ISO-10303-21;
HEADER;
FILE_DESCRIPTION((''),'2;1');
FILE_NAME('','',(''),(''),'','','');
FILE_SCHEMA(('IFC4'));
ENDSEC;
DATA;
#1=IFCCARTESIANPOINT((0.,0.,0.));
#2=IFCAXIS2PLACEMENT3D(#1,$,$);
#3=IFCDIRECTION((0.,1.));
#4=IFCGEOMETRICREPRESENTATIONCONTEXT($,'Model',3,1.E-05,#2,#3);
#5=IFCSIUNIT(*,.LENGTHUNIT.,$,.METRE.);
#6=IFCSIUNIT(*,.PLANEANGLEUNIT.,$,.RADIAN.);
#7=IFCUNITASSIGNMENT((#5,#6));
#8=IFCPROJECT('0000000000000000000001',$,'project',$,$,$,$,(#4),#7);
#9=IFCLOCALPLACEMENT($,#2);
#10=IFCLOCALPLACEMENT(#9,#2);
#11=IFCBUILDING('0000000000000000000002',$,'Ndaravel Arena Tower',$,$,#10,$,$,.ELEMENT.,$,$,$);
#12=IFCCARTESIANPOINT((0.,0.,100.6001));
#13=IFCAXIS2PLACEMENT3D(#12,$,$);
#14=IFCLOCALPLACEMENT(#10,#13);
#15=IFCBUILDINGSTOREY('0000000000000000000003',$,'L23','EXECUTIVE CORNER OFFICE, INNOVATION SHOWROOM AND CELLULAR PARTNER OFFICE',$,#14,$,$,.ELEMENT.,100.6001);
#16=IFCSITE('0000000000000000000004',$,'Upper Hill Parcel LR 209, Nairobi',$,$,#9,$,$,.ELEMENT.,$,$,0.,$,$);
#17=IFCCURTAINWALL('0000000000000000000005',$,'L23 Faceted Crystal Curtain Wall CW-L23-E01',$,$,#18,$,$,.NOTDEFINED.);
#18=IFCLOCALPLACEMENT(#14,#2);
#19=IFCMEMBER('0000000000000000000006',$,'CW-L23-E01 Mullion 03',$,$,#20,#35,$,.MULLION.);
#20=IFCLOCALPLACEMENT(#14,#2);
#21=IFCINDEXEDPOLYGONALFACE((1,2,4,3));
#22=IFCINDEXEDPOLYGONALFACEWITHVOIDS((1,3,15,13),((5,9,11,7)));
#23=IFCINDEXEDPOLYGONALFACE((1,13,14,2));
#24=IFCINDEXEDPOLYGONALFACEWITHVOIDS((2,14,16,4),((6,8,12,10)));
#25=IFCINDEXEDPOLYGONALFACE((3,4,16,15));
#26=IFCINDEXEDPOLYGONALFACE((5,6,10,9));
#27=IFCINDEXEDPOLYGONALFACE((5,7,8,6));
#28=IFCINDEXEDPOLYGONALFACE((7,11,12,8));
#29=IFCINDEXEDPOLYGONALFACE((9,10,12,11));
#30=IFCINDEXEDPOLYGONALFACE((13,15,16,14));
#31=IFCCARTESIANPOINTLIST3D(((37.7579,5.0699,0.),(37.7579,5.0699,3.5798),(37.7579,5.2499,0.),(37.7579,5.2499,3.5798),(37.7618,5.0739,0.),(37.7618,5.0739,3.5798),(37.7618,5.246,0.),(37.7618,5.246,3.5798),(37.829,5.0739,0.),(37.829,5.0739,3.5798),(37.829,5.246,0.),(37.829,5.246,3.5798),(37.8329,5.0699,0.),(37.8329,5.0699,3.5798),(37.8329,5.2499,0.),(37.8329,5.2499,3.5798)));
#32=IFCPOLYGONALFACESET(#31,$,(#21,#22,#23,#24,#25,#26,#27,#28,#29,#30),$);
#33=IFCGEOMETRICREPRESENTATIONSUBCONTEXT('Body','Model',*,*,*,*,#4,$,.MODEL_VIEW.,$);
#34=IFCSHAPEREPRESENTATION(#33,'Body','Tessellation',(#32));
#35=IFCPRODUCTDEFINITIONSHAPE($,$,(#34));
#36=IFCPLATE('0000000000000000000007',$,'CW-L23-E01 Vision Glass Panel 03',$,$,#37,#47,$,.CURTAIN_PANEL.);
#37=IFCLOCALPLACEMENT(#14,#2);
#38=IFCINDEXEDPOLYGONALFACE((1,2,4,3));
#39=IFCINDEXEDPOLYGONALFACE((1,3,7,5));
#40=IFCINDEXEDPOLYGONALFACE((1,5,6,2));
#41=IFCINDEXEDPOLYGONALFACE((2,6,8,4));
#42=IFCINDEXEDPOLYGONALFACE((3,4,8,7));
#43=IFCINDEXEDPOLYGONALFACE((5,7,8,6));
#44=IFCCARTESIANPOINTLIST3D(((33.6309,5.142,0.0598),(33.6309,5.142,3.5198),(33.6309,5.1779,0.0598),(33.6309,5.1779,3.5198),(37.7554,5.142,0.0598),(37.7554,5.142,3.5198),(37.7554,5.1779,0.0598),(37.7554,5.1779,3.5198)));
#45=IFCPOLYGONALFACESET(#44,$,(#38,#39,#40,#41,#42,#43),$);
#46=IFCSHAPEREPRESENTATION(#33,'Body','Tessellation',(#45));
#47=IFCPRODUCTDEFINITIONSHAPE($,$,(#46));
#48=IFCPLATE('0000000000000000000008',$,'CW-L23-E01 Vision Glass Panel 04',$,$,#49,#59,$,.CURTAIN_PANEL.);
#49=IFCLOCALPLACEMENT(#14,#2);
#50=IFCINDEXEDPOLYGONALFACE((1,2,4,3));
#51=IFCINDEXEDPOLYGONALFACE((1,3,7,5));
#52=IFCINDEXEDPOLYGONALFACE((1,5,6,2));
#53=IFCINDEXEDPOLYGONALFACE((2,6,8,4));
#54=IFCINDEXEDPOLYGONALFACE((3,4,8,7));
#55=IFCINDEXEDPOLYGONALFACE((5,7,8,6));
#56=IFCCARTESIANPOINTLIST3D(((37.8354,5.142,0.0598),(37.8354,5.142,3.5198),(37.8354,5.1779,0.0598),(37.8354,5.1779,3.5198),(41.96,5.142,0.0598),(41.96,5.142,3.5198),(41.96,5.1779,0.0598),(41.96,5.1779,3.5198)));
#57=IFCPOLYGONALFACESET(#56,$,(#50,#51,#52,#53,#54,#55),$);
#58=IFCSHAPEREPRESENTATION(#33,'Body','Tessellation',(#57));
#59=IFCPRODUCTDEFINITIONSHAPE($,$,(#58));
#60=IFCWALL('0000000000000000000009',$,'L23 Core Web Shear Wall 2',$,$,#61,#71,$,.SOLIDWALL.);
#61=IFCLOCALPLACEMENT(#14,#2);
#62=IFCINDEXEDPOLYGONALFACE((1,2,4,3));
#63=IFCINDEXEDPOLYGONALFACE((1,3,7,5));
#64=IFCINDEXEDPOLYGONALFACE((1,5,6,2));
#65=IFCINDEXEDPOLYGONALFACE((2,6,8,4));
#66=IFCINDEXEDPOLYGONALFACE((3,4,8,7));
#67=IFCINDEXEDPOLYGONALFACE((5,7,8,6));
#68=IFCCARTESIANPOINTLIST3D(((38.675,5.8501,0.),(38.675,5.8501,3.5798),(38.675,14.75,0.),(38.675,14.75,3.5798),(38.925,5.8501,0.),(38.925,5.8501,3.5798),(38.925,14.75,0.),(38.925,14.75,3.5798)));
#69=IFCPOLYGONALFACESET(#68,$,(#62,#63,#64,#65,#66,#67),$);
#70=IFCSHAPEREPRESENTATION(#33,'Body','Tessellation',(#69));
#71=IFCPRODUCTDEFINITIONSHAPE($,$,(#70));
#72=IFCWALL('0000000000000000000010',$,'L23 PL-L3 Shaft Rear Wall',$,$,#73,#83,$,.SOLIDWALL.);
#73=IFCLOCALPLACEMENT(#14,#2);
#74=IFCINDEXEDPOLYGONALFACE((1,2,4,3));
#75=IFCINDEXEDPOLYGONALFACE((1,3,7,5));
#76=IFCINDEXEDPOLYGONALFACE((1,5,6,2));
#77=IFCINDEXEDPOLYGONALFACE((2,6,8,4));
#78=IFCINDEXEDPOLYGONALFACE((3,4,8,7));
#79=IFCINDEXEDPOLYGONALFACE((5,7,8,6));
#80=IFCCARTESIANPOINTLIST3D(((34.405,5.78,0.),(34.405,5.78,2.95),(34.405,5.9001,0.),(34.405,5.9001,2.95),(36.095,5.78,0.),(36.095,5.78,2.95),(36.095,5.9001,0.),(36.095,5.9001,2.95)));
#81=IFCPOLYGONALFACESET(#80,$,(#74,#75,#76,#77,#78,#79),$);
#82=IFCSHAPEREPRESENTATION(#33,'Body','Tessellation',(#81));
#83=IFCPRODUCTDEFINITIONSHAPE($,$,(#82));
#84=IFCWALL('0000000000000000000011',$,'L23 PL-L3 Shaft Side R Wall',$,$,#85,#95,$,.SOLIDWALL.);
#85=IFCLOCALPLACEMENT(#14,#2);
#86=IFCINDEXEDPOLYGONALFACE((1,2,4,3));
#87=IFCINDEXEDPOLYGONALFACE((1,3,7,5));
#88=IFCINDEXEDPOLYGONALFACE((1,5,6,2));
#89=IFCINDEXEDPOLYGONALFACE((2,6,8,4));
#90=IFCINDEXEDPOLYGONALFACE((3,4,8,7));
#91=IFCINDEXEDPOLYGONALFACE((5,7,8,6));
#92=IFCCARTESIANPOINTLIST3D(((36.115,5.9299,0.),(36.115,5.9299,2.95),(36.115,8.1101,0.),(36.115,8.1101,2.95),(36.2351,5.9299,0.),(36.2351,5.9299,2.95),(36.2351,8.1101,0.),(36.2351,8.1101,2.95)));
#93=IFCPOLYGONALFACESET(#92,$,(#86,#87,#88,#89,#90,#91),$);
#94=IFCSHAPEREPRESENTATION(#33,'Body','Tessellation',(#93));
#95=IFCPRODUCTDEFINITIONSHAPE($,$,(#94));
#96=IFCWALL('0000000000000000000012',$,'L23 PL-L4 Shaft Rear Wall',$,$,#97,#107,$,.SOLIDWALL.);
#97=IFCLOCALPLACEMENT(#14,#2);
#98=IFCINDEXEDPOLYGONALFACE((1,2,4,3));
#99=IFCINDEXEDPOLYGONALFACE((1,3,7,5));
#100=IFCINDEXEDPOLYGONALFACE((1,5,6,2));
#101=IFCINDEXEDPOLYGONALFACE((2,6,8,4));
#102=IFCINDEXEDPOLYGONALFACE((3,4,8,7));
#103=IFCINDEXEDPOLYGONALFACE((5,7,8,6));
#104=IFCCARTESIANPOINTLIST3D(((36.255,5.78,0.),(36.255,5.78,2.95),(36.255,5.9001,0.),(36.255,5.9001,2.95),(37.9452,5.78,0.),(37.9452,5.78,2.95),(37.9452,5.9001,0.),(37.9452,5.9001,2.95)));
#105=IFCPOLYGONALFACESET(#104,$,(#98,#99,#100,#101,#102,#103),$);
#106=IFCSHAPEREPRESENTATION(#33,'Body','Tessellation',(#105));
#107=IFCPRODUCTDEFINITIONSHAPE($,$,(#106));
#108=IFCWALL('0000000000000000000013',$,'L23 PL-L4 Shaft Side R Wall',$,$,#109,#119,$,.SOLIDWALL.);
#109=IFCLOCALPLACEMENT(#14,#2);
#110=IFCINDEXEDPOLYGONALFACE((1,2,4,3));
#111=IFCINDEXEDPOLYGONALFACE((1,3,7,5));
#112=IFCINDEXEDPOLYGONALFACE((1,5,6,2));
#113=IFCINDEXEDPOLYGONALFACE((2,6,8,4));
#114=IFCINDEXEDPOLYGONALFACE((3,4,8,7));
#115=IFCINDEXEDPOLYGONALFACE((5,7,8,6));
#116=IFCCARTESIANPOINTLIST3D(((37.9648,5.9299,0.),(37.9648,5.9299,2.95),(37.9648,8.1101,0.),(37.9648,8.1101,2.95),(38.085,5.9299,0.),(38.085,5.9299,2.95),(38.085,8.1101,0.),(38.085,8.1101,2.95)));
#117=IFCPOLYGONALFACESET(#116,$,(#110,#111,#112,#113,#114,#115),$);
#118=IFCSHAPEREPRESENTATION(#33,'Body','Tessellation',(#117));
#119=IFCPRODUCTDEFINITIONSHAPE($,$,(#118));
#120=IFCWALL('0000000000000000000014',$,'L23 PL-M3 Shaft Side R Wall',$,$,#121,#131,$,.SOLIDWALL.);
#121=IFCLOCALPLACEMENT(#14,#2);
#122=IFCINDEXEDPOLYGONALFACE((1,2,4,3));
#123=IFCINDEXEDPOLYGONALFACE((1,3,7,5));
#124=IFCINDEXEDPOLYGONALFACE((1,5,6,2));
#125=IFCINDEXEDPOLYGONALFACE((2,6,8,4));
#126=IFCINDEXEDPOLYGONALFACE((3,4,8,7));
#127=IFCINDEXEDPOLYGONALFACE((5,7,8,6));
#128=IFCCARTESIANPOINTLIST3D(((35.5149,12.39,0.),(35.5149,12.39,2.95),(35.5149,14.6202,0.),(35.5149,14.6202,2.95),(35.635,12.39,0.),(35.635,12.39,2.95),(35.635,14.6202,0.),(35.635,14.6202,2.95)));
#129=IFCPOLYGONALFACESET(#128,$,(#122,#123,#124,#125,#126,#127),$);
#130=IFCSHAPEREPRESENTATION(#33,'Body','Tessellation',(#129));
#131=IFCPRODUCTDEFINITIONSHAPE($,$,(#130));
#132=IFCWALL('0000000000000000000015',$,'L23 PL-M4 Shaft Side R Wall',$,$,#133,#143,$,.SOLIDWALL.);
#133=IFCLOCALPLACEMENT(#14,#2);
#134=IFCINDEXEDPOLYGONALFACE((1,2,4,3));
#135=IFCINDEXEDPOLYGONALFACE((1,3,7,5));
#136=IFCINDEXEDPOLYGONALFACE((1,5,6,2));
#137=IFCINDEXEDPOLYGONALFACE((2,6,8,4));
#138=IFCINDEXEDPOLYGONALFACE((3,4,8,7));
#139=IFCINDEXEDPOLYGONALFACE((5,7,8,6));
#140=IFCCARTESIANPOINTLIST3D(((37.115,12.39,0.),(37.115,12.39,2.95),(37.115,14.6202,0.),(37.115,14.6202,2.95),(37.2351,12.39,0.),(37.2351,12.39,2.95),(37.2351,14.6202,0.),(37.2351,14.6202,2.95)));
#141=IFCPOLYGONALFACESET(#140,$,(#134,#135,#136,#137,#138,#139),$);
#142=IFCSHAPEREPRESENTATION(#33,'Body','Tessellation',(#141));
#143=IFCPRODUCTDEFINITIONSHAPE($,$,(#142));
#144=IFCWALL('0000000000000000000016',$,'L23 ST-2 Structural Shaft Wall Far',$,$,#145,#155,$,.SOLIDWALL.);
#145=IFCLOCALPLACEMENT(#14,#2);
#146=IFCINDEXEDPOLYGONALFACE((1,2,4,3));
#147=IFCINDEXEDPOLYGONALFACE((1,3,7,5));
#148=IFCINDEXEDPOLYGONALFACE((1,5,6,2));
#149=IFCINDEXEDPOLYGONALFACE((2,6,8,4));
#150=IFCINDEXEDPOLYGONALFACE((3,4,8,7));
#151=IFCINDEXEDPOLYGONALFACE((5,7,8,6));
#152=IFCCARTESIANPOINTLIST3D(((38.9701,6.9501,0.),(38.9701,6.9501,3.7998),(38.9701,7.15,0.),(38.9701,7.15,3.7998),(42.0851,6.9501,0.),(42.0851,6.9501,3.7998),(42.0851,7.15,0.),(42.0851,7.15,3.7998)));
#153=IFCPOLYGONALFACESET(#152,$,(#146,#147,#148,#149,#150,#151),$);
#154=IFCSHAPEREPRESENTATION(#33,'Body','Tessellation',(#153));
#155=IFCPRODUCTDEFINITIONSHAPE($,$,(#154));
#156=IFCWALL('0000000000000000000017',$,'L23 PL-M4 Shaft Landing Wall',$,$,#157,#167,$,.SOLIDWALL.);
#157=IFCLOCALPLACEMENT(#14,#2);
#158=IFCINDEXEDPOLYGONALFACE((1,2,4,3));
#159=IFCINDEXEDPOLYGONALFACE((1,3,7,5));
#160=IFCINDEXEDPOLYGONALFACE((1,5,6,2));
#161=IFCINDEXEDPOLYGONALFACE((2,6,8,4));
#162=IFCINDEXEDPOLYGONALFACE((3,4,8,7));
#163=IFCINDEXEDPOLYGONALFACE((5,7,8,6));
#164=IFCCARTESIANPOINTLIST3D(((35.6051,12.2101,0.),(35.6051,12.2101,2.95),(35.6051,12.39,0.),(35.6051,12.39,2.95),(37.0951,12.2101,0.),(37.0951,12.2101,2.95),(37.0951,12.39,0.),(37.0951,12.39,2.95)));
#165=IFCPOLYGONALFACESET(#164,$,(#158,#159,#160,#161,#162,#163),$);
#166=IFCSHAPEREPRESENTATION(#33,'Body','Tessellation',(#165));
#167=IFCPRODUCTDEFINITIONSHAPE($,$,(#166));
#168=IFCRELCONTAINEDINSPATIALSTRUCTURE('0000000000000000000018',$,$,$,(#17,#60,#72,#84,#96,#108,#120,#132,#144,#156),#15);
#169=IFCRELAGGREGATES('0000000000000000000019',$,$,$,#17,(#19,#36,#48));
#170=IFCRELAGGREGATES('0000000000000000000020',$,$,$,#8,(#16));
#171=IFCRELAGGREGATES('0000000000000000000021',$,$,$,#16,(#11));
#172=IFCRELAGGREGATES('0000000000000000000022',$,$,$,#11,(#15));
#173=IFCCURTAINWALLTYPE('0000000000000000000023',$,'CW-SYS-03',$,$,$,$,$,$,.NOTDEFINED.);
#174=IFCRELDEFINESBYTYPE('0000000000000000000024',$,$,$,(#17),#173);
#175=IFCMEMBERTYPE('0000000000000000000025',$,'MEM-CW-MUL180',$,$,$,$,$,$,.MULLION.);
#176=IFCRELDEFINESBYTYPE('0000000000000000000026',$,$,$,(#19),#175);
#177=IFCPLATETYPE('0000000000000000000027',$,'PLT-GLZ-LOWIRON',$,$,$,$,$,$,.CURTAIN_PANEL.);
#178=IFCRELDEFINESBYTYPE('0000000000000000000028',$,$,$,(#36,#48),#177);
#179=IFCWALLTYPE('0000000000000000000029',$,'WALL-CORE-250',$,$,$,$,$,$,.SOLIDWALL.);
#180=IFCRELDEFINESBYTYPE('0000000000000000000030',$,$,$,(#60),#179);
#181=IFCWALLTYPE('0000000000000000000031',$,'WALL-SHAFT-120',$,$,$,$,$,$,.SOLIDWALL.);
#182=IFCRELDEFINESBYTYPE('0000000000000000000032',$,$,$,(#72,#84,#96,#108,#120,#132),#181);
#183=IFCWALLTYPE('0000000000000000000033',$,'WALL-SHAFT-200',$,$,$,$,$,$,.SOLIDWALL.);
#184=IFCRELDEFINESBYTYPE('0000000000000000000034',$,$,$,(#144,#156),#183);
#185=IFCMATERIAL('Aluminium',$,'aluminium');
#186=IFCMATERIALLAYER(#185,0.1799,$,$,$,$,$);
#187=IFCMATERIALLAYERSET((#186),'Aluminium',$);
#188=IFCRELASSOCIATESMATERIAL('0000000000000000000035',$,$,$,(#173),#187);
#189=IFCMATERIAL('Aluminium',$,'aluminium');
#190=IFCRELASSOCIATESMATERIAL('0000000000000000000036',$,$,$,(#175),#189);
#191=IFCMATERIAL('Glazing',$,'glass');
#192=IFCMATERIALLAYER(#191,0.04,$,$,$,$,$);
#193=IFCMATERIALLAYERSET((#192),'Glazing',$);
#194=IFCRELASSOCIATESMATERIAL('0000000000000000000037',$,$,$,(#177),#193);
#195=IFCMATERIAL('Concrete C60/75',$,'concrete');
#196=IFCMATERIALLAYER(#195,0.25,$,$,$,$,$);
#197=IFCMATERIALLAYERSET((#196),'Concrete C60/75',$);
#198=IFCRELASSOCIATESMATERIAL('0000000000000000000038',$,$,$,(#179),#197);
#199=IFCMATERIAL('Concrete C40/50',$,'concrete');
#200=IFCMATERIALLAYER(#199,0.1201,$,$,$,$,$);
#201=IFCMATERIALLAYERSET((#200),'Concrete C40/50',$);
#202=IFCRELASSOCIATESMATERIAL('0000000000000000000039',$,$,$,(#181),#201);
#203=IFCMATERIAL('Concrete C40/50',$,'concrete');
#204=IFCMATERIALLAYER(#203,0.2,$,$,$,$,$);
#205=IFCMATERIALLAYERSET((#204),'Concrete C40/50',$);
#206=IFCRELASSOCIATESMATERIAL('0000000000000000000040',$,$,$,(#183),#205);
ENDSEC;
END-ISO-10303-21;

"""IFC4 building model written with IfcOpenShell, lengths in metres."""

from ifc_helpers import new_model, si_unit, direction, frame, frame_2d, origin, origin_2d, place, context, subcontext, project, spatial, rectangle, hollow_rectangle, extrude, material, layer, layer_set, material_profile, profile_set, type_object, element, aggregate, save


model = new_model("IFC4")

# Units and contexts
model_context = context("Model", 3, precision=1e-05, world=origin(), true_north=direction((0.0, 1.0)))
body_context = subcontext(model_context, "Body", "Model", "MODEL_VIEW")
ifc_project = project(units=[si_unit("LENGTHUNIT", "METRE"), si_unit("PLANEANGLEUNIT", "RADIAN")], contexts=[model_context])

# Site, building, storey
site_placement = place(None, origin())
site = spatial("IfcSite", under=ifc_project, at=site_placement, Name="Upper Hill Parcel LR 209, Nairobi", CompositionType="ELEMENT", RefElevation=0.0)
building_placement = place(site_placement, origin())
building = spatial("IfcBuilding", under=site, at=building_placement, Name="Ndaravel Arena Tower", CompositionType="ELEMENT")
storey_placement = place(building_placement, frame((0.0, 0.0, 100.6001)))
storey = spatial("IfcBuildingStorey", under=building, at=storey_placement, Name="L23", Description="EXECUTIVE CORNER OFFICE, INNOVATION SHOWROOM AND CELLULAR PARTNER OFFICE", CompositionType="ELEMENT", Elevation=100.6001)

# Curtain wall, member, plates
ifc_material_1 = material(Name="Aluminium", Category="aluminium")
ifc_layer_1 = layer(ifc_material_1, 0.1799)
ifc_layer_set_1 = layer_set([ifc_layer_1], Name="Aluminium")
curtain_wall_type = type_object("IfcCurtainWallType", Name="CW-SYS-03", PredefinedType="NOTDEFINED", material=ifc_layer_set_1)
curtain_wall_placement = place(storey_placement, origin())
curtain_wall = element("IfcCurtainWall", 1, at=curtain_wall_placement, inside=storey, type_object=curtain_wall_type, Name="L23 Faceted Crystal Curtain Wall CW-L23-E01", PredefinedType="NOTDEFINED")
ifc_material_2 = material(Name="Aluminium", Category="aluminium")
ifc_material_profile = material_profile(ifc_material_2, hollow_rectangle(XDim=0.075, YDim=0.1799, WallThickness=0.0039, at=origin_2d()), Name="CW MULLION 75x180x4")
ifc_profile_set = profile_set([ifc_material_profile], Name="Aluminium")
member_type = type_object("IfcMemberType", Name="MEM-CW-MUL180", PredefinedType="MULLION", material=ifc_profile_set)
member_placement = place(storey_placement, frame((37.7954, 5.1599, 0.0), z_axis=(0.0, 0.0, 1.0), x_axis=(1.0, 0.0, 0.0)))
member = element("IfcMember", 2, at=member_placement, type_object=member_type, Name="CW-L23-E01 Mullion 03", PredefinedType="MULLION", context=body_context, shape_type="SweptSolid", body=[
    extrude(hollow_rectangle(XDim=0.075, YDim=0.1799, WallThickness=0.0039, at=origin_2d()), origin(), (0.0, 0.0, 1.0), 3.5798),
])
ifc_material_3 = material(Name="Glazing", Category="glass")
ifc_layer_2 = layer(ifc_material_3, 0.04)
ifc_layer_set_2 = layer_set([ifc_layer_2], Name="Glazing")
plate_type = type_object("IfcPlateType", Name="PLT-GLZ-LOWIRON", PredefinedType="CURTAIN_PANEL", material=ifc_layer_set_2)
plate_1_placement = place(storey_placement, frame((35.6931, 5.1599, 0.0598), z_axis=(0.0, 0.0, 1.0), x_axis=(1.0, 0.0, 0.0)))
plate_1 = element("IfcPlate", 3, at=plate_1_placement, type_object=plate_type, Name="CW-L23-E01 Vision Glass Panel 03", PredefinedType="CURTAIN_PANEL", context=body_context, shape_type="SweptSolid", body=[
    extrude(rectangle(XDim=4.1245, YDim=0.0359, at=origin_2d()), origin(), (0.0, 0.0, 1.0), 3.46),
])
plate_2_placement = place(storey_placement, frame((39.8977, 5.1599, 0.0598), z_axis=(0.0, 0.0, 1.0), x_axis=(1.0, 0.0, 0.0)))
plate_2 = element("IfcPlate", 4, at=plate_2_placement, type_object=plate_type, Name="CW-L23-E01 Vision Glass Panel 04", PredefinedType="CURTAIN_PANEL", context=body_context, shape_type="SweptSolid", body=[
    extrude(rectangle(XDim=4.1245, YDim=0.0359, at=origin_2d()), origin(), (0.0, 0.0, 1.0), 3.46),
])
aggregate(curtain_wall, [member, plate_1, plate_2])

# Walls
ifc_material_4 = material(Name="Concrete C60/75", Category="concrete")
ifc_layer_3 = layer(ifc_material_4, 0.25)
ifc_layer_set_3 = layer_set([ifc_layer_3], Name="Concrete C60/75")
wall_type_1 = type_object("IfcWallType", Name="WALL-CORE-250", PredefinedType="SOLIDWALL", material=ifc_layer_set_3)
wall_1_placement = place(storey_placement, frame((38.8, 5.8501, 0.0), z_axis=(0.0, 0.0, 1.0), x_axis=(0.0, 1.0, 0.0)))
element("IfcWall", 5, at=wall_1_placement, inside=storey, type_object=wall_type_1, Name="L23 Core Web Shear Wall 2", PredefinedType="SOLIDWALL", context=body_context, shape_type="SweptSolid", body=[
    extrude(rectangle(XDim=8.8999, YDim=0.25, at=frame_2d((4.45, 0.0))), origin(), (0.0, 0.0, 1.0), 3.5798),
])
ifc_material_5 = material(Name="Concrete C40/50", Category="concrete")
ifc_layer_4 = layer(ifc_material_5, 0.1201)
ifc_layer_set_4 = layer_set([ifc_layer_4], Name="Concrete C40/50")
wall_type_2 = type_object("IfcWallType", Name="WALL-SHAFT-120", PredefinedType="SOLIDWALL", material=ifc_layer_set_4)
wall_2_placement = place(storey_placement, frame((34.405, 5.8401, 0.0), z_axis=(0.0, 0.0, 1.0), x_axis=(1.0, 0.0, 0.0)))
element("IfcWall", 6, at=wall_2_placement, inside=storey, type_object=wall_type_2, Name="L23 PL-L3 Shaft Rear Wall", PredefinedType="SOLIDWALL", context=body_context, shape_type="SweptSolid", body=[
    extrude(rectangle(XDim=1.6899, YDim=0.1201, at=frame_2d((0.845, 0.0))), origin(), (0.0, 0.0, 1.0), 2.95),
])
wall_3_placement = place(storey_placement, frame((36.175, 5.9299, 0.0), z_axis=(0.0, 0.0, 1.0), x_axis=(0.0, 1.0, 0.0)))
element("IfcWall", 7, at=wall_3_placement, inside=storey, type_object=wall_type_2, Name="L23 PL-L3 Shaft Side R Wall", PredefinedType="SOLIDWALL", context=body_context, shape_type="SweptSolid", body=[
    extrude(rectangle(XDim=2.1802, YDim=0.1201, at=frame_2d((1.0901, 0.0))), origin(), (0.0, 0.0, 1.0), 2.95),
])
wall_4_placement = place(storey_placement, frame((36.2549, 5.8401, 0.0), z_axis=(0.0, 0.0, 1.0), x_axis=(1.0, 0.0, 0.0)))
element("IfcWall", 8, at=wall_4_placement, inside=storey, type_object=wall_type_2, Name="L23 PL-L4 Shaft Rear Wall", PredefinedType="SOLIDWALL", context=body_context, shape_type="SweptSolid", body=[
    extrude(rectangle(XDim=1.6902, YDim=0.1201, at=frame_2d((0.8452, 0.0))), origin(), (0.0, 0.0, 1.0), 2.95),
])
wall_5_placement = place(storey_placement, frame((38.0249, 5.9299, 0.0), z_axis=(0.0, 0.0, 1.0), x_axis=(0.0, 1.0, 0.0)))
element("IfcWall", 9, at=wall_5_placement, inside=storey, type_object=wall_type_2, Name="L23 PL-L4 Shaft Side R Wall", PredefinedType="SOLIDWALL", context=body_context, shape_type="SweptSolid", body=[
    extrude(rectangle(XDim=2.1802, YDim=0.1201, at=frame_2d((1.0901, 0.0))), origin(), (0.0, 0.0, 1.0), 2.95),
])
for number, where, z_axis, x_axis, name in (
    (10, (35.575, 12.3899, 0.0), (0.0, 0.0, 1.0), (0.0, 1.0, 0.0), "L23 PL-M3 Shaft Side R Wall"),
    (11, (37.175, 12.3899, 0.0), (0.0, 0.0, 1.0), (0.0, 1.0, 0.0), "L23 PL-M4 Shaft Side R Wall"),
):
    element("IfcWall", number, at=place(storey_placement, frame(where, z_axis=z_axis, x_axis=x_axis)), inside=storey, type_object=wall_type_2, Name=name, PredefinedType="SOLIDWALL", context=body_context, shape_type="SweptSolid", body=[
        extrude(rectangle(XDim=2.2302, YDim=0.1201, at=frame_2d((1.1152, 0.0))), origin(), (0.0, 0.0, 1.0), 2.95),
    ])
ifc_material_6 = material(Name="Concrete C40/50", Category="concrete")
ifc_layer_5 = layer(ifc_material_6, 0.2)
ifc_layer_set_5 = layer_set([ifc_layer_5], Name="Concrete C40/50")
wall_type_3 = type_object("IfcWallType", Name="WALL-SHAFT-200", PredefinedType="SOLIDWALL", material=ifc_layer_set_5)
wall_6_placement = place(storey_placement, frame((38.97, 7.05, 0.0), z_axis=(0.0, 0.0, 1.0), x_axis=(1.0, 0.0, 0.0)))
element("IfcWall", 12, at=wall_6_placement, inside=storey, type_object=wall_type_3, Name="L23 ST-2 Structural Shaft Wall Far", PredefinedType="SOLIDWALL", context=body_context, shape_type="SweptSolid", body=[
    extrude(rectangle(XDim=3.115, YDim=0.2, at=frame_2d((1.5576, 0.0))), origin(), (0.0, 0.0, 1.0), 3.7998),
])

# Wall
wall_7_placement = place(storey_placement, frame((35.605, 12.3, 0.0), z_axis=(0.0, 0.0, 1.0), x_axis=(1.0, 0.0, 0.0)))
element("IfcWall", 13, at=wall_7_placement, inside=storey, type_object=wall_type_3, Name="L23 PL-M4 Shaft Landing Wall", PredefinedType="SOLIDWALL", context=body_context, shape_type="SweptSolid", body=[
    extrude(rectangle(XDim=1.49, YDim=0.1799, at=frame_2d((0.7451, 0.0))), origin(), (0.0, 0.0, 1.0), 2.95),
])

save(model, "model.ifc")
